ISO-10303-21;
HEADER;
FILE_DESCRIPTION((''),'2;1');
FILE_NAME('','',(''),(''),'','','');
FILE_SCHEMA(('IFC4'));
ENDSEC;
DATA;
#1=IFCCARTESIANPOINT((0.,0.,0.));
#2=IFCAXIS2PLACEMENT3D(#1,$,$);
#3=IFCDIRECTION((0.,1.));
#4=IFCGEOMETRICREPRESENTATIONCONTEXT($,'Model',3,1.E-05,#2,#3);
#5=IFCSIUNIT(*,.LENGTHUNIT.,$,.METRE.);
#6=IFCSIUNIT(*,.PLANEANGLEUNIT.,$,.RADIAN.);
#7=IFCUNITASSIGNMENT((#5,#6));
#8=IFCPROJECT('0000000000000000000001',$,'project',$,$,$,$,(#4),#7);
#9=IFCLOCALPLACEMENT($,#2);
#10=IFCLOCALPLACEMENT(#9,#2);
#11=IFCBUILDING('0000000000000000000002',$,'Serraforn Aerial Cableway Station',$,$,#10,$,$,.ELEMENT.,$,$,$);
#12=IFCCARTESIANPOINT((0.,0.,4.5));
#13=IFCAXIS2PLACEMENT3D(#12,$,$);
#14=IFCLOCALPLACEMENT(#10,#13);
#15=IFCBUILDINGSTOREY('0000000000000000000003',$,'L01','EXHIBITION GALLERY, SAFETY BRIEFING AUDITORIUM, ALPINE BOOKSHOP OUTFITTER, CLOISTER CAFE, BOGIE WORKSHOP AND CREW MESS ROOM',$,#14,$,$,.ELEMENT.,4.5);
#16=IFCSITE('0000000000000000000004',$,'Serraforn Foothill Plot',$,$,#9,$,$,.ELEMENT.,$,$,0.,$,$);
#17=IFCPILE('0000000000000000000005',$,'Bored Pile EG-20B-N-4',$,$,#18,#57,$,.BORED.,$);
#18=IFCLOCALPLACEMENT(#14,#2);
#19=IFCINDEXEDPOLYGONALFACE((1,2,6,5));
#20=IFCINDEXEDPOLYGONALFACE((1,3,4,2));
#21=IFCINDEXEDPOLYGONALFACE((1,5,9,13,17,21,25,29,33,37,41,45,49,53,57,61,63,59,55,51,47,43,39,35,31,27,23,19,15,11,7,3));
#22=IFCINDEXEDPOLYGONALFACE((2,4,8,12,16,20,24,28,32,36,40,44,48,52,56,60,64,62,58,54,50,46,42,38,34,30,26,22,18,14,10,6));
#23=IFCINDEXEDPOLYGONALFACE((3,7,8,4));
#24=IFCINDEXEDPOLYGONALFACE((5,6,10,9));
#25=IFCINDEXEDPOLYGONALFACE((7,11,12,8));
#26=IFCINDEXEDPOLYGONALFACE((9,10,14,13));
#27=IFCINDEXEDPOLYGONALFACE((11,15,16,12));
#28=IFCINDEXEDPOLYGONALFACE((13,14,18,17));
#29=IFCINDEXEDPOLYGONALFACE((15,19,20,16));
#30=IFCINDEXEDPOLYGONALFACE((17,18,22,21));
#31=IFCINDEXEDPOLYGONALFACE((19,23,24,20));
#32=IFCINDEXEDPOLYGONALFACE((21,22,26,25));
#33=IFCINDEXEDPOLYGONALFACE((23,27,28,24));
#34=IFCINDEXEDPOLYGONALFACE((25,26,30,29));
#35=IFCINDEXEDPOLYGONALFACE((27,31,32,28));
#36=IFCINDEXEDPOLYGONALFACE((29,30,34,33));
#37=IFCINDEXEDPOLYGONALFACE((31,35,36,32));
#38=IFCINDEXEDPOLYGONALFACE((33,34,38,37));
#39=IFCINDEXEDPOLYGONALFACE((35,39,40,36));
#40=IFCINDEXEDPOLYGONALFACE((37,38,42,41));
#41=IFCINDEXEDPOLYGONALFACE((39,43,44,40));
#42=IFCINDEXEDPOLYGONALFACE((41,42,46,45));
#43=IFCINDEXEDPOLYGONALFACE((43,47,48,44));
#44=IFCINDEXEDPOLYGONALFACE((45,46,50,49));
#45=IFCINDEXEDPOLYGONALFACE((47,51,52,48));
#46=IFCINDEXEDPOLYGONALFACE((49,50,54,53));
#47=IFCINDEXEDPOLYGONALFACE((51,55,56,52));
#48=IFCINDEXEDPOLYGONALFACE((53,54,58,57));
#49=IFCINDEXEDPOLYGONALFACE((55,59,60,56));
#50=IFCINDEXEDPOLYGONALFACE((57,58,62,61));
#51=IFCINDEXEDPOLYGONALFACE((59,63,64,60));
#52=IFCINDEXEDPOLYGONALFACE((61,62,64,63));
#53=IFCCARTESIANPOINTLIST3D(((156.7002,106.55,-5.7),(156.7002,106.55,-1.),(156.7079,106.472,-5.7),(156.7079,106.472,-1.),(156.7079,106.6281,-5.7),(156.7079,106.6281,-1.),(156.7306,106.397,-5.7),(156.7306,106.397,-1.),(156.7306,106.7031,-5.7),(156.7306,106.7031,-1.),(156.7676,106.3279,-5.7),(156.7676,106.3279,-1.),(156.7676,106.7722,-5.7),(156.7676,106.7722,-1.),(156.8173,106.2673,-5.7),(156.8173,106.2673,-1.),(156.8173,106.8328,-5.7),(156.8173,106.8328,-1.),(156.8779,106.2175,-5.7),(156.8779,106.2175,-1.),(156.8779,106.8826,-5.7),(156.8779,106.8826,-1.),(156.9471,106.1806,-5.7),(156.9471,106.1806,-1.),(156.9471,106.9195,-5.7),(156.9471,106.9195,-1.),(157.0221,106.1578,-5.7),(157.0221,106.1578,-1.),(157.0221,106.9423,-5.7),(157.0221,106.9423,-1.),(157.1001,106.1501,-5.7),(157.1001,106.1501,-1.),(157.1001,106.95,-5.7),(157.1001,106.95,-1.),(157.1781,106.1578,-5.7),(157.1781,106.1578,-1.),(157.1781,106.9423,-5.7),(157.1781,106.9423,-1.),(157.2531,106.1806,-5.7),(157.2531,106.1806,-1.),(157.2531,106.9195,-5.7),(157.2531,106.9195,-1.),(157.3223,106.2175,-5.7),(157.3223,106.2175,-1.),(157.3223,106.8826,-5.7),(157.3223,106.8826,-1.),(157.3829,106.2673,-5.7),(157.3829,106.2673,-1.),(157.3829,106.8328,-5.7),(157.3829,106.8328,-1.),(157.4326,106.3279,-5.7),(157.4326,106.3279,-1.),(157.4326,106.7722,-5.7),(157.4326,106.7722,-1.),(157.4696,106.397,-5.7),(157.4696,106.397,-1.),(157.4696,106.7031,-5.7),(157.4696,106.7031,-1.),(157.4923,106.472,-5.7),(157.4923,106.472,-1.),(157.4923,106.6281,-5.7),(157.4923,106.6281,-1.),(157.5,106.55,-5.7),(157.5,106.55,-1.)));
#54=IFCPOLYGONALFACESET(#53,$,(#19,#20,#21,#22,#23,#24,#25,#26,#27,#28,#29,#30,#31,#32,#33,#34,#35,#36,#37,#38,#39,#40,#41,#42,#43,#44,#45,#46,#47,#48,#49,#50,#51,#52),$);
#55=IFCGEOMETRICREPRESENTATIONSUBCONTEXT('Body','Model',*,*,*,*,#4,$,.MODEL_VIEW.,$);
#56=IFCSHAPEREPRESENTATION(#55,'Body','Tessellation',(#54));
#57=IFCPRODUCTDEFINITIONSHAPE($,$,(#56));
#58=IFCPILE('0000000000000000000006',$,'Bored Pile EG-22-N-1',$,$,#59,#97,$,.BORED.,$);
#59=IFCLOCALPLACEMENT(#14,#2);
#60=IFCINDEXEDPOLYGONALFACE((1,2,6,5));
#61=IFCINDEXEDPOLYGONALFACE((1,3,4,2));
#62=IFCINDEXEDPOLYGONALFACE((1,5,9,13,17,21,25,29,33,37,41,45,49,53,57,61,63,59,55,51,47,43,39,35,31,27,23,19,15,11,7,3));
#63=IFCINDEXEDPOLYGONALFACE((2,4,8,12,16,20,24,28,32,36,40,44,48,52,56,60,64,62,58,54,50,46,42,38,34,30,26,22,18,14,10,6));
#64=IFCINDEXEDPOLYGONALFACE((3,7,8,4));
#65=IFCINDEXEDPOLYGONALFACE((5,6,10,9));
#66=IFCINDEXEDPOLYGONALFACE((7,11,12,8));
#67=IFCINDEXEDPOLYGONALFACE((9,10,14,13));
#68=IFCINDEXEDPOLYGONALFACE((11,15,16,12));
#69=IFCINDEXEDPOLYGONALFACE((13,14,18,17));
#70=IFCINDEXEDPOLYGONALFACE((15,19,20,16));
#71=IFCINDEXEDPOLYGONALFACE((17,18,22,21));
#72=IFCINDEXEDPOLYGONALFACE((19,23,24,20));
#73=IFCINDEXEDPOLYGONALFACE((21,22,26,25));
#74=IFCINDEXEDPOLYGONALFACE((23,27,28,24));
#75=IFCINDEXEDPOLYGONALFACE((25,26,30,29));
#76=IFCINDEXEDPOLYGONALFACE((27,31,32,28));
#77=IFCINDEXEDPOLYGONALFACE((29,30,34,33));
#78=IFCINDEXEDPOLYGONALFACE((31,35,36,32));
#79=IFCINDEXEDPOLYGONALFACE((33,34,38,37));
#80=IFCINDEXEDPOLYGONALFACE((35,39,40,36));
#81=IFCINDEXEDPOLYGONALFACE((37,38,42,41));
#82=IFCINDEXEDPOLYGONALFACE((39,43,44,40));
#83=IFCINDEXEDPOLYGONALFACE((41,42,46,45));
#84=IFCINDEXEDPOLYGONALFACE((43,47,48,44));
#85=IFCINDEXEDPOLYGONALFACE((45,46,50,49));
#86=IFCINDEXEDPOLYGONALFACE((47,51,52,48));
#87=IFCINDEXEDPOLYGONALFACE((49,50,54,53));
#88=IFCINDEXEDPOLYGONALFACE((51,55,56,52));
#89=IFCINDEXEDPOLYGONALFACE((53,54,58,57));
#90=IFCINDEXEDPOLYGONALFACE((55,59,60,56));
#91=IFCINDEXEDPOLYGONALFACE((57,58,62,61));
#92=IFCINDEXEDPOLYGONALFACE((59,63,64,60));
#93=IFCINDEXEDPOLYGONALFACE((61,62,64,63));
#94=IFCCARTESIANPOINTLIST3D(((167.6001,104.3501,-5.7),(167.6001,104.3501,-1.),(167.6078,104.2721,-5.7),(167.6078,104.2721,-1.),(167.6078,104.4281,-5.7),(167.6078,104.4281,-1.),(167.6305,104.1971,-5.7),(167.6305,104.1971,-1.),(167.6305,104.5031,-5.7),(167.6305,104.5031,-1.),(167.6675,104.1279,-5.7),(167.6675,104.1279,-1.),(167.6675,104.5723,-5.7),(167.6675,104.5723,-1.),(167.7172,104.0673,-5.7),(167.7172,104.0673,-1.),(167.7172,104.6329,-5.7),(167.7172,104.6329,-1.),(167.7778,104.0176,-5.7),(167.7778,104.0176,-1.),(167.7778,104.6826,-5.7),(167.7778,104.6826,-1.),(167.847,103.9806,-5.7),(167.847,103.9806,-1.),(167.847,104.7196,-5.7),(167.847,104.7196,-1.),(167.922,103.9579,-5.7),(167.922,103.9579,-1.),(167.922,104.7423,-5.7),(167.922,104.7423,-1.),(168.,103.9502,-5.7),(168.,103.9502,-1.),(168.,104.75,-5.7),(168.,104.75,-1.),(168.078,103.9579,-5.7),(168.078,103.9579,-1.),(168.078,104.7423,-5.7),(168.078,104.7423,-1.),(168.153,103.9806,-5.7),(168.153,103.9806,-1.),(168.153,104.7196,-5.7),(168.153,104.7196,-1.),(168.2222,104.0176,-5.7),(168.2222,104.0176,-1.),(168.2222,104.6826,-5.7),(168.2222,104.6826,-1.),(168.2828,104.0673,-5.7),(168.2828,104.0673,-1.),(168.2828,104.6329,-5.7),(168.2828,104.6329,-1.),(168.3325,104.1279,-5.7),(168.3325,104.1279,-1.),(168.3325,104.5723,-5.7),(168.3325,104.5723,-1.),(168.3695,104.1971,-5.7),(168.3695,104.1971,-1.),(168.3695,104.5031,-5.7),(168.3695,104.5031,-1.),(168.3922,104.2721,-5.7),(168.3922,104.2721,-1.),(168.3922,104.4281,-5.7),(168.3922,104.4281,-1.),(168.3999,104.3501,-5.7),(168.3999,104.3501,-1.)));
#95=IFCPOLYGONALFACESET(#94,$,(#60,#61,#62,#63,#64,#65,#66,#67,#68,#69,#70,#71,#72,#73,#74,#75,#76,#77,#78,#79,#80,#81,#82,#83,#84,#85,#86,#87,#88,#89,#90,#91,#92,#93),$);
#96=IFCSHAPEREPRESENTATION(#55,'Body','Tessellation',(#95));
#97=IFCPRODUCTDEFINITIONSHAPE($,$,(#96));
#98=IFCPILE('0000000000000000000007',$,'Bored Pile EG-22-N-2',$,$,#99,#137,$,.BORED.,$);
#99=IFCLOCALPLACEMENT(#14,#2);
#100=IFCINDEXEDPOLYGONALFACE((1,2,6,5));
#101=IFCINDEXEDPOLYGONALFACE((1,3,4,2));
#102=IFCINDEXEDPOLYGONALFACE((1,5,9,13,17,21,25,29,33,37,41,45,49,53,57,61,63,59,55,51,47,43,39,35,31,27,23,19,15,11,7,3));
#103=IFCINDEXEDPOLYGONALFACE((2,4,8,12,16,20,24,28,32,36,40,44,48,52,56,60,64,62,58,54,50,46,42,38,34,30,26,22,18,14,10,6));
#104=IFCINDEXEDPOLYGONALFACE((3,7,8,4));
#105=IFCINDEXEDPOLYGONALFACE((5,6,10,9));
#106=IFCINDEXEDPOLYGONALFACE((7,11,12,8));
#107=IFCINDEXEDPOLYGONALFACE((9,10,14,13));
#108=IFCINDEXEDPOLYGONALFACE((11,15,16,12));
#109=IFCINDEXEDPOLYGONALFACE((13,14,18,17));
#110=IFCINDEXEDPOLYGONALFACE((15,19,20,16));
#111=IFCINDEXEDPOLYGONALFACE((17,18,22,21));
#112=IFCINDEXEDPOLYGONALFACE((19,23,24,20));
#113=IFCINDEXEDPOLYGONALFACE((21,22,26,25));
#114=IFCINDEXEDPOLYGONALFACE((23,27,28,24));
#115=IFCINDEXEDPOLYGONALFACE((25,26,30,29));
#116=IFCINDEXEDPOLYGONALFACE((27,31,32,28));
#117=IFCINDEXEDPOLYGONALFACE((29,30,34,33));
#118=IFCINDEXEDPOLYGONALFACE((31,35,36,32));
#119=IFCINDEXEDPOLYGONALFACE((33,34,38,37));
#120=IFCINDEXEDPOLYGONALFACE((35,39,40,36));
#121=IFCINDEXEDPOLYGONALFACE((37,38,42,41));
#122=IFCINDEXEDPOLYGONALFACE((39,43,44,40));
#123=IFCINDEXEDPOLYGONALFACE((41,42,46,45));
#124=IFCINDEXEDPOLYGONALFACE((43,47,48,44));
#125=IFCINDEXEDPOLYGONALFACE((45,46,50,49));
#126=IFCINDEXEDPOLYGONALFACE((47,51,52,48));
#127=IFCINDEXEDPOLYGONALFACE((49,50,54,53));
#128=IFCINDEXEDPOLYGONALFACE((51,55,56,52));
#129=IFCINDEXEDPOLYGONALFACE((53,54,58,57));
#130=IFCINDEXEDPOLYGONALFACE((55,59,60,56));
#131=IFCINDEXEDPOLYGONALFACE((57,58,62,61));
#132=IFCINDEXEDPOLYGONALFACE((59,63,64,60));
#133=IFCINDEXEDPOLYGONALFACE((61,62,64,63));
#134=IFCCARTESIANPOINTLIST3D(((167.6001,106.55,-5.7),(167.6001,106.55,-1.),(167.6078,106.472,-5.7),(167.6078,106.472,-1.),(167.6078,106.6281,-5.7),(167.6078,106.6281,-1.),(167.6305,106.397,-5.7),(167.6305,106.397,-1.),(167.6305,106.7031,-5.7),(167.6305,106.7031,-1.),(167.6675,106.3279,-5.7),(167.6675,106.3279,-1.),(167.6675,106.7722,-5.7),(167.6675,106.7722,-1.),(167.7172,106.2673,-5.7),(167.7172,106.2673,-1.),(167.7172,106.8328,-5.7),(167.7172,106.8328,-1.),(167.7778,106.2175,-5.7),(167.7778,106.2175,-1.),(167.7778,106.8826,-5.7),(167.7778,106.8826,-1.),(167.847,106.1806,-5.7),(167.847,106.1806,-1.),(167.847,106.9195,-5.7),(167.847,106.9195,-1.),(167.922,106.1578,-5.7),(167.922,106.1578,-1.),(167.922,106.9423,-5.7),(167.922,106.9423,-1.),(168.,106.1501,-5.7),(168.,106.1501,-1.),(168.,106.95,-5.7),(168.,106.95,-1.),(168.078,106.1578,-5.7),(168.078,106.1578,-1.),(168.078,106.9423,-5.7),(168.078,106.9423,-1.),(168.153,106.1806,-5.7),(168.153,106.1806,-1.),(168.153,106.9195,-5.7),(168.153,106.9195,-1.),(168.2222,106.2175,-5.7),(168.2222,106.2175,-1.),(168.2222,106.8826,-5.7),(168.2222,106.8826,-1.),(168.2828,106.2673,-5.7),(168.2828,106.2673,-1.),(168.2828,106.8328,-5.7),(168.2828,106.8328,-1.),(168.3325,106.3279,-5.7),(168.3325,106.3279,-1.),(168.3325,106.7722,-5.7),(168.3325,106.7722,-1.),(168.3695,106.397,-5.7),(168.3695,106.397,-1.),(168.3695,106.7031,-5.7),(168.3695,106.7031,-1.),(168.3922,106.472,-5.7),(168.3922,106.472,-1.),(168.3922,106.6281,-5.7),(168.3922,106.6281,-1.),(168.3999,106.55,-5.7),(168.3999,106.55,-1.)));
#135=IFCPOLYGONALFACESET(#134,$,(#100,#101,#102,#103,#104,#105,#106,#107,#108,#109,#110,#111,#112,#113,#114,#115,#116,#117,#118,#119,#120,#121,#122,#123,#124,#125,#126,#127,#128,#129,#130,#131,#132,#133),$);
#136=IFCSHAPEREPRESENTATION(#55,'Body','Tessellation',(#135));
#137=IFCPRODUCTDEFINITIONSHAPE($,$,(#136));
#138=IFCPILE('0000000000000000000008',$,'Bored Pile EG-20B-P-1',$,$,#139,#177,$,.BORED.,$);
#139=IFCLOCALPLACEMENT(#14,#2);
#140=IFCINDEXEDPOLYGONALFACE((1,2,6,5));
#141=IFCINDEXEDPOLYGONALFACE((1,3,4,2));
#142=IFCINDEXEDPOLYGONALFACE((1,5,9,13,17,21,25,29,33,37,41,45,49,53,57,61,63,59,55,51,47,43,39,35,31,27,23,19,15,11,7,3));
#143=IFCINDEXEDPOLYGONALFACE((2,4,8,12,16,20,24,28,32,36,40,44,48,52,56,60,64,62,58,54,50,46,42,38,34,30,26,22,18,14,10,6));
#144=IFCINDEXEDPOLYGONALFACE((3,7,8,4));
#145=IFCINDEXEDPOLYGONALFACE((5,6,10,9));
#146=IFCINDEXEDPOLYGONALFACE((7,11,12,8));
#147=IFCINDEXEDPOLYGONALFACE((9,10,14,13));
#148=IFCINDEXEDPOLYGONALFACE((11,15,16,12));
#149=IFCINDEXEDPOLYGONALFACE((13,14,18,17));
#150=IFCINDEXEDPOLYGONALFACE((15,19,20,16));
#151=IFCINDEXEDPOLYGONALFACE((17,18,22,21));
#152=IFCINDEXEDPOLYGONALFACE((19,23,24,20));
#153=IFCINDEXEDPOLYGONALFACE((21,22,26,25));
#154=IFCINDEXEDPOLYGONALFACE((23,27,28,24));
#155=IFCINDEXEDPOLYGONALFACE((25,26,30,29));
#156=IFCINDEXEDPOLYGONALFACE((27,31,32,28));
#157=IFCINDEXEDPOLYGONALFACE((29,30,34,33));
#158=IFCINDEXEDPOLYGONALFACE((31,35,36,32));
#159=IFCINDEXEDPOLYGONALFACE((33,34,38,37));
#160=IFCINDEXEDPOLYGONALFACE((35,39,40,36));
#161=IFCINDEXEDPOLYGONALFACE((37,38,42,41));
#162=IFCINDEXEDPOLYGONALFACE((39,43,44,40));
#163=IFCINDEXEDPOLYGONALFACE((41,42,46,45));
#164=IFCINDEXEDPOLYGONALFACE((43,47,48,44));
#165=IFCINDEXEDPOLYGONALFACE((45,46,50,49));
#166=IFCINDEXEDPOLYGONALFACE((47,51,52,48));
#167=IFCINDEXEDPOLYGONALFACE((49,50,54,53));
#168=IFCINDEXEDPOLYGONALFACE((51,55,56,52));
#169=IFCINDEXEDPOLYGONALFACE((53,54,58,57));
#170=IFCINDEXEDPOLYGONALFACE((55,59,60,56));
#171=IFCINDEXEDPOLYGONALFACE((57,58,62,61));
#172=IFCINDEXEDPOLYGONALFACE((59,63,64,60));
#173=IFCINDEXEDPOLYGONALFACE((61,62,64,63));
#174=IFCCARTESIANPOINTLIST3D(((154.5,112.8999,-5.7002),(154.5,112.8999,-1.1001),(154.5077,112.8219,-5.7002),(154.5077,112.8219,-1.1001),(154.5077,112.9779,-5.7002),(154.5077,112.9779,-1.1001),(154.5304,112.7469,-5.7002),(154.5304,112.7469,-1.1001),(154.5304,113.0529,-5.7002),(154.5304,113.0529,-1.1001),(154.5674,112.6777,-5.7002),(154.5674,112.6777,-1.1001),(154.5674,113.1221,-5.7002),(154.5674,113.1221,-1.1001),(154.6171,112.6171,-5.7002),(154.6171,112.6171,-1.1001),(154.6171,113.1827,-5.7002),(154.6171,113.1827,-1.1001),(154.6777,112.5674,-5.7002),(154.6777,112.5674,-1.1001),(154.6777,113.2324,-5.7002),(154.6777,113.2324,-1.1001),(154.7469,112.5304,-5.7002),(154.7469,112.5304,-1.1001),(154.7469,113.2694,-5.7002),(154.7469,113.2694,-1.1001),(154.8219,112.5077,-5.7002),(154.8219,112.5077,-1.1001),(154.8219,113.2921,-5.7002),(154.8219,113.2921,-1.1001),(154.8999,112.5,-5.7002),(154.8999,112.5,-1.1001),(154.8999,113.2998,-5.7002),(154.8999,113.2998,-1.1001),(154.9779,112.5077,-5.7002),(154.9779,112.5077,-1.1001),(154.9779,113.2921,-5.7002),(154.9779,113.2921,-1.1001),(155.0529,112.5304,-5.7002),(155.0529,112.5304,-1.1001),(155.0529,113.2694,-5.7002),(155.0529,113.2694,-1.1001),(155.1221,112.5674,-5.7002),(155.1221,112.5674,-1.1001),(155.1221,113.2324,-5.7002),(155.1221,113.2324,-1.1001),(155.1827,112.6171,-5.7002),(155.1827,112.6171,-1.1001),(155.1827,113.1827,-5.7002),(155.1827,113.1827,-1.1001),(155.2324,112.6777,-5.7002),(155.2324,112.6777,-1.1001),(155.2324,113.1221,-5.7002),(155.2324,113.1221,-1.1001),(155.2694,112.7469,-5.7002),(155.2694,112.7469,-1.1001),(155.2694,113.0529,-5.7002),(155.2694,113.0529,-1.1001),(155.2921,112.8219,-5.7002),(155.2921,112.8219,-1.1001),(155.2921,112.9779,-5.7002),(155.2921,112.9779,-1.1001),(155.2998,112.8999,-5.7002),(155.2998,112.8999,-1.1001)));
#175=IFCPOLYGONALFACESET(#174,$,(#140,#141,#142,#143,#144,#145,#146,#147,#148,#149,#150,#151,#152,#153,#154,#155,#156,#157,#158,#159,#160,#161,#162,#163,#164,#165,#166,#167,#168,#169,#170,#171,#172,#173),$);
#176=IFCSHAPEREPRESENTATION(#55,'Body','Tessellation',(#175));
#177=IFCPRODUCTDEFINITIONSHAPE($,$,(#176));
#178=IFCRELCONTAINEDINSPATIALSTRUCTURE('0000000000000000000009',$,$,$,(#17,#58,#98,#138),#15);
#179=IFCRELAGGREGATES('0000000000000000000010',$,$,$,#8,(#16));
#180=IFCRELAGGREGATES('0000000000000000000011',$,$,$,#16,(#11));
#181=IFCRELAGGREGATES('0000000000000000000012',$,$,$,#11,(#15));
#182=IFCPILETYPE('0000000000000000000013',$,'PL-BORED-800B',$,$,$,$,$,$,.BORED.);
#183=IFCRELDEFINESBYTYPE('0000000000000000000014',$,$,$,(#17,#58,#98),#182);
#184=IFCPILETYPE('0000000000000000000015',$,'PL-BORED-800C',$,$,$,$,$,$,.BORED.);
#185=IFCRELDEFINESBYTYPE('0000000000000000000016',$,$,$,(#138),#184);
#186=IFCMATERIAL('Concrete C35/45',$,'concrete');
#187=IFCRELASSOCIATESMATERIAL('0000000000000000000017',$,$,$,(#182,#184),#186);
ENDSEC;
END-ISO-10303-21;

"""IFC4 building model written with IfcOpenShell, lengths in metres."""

from ifc_helpers import new_model, si_unit, direction, frame, origin, origin_2d, place, context, subcontext, project, spatial, circle, extrude, material, material_profile, profile_set, type_object, element, save


model = new_model("IFC4")

# Units and contexts
model_context = context("Model", 3, precision=1e-05, world=origin(), true_north=direction((0.0, 1.0)))
body_context = subcontext(model_context, "Body", "Model", "MODEL_VIEW")
ifc_project = project(units=[si_unit("LENGTHUNIT", "METRE"), si_unit("PLANEANGLEUNIT", "RADIAN")], contexts=[model_context])

# Site, building, storey
site_placement = place(None, origin())
site = spatial("IfcSite", under=ifc_project, at=site_placement, Name="Serraforn Foothill Plot", CompositionType="ELEMENT", RefElevation=0.0)
building_placement = place(site_placement, origin())
building = spatial("IfcBuilding", under=site, at=building_placement, Name="Serraforn Aerial Cableway Station", CompositionType="ELEMENT")
storey_placement = place(building_placement, frame((0.0, 0.0, 4.5)))
storey = spatial("IfcBuildingStorey", under=building, at=storey_placement, Name="L01", Description="EXHIBITION GALLERY, SAFETY BRIEFING AUDITORIUM, ALPINE BOOKSHOP OUTFITTER, CLOISTER CAFE, BOGIE WORKSHOP AND CREW MESS ROOM", CompositionType="ELEMENT", Elevation=4.5)

# Shared definitions
ifc_material_1 = material(Name="Concrete C35/45", Category="concrete")

# Piles
ifc_material_profile_1 = material_profile(ifc_material_1, circle(Radius=0.3999, at=origin_2d()), Name="BORED PILE D800")
ifc_profile_set_1 = profile_set([ifc_material_profile_1], Name="Concrete C35/45")
pile_type_1 = type_object("IfcPileType", Name="PL-BORED-800B", PredefinedType="BORED", material=ifc_profile_set_1)
for number, where, z_axis, x_axis, name in (
    (1, (157.1001, 106.55, -1.0), (0.0, 0.0, -1.0), (1.0, 0.0, 0.0), "Bored Pile EG-20B-N-4"),
    (2, (168.0, 104.3501, -1.0), (0.0, 0.0, -1.0), (1.0, 0.0, 0.0), "Bored Pile EG-22-N-1"),
    (3, (168.0, 106.55, -1.0), (0.0, 0.0, -1.0), (1.0, 0.0, 0.0), "Bored Pile EG-22-N-2"),
):
    element("IfcPile", number, at=place(storey_placement, frame(where, z_axis=z_axis, x_axis=x_axis)), inside=storey, type_object=pile_type_1, Name=name, PredefinedType="BORED", context=body_context, shape_type="SweptSolid", body=[
        extrude(circle(Radius=0.3999, at=origin_2d()), origin(), (0.0, 0.0, 1.0), 4.7),
    ])
ifc_material_profile_2 = material_profile(ifc_material_1, circle(Radius=0.3999, at=origin_2d()), Name="BORED PILE D800")
ifc_profile_set_2 = profile_set([ifc_material_profile_2], Name="Concrete C35/45")
pile_type_2 = type_object("IfcPileType", Name="PL-BORED-800C", PredefinedType="BORED", material=ifc_profile_set_2)
for number, where, z_axis, x_axis, name in (
    (4, (154.8999, 112.8999, -1.1001), (0.0, 0.0, -1.0), (1.0, 0.0, 0.0), "Bored Pile EG-20B-P-1"),
):
    element("IfcPile", number, at=place(storey_placement, frame(where, z_axis=z_axis, x_axis=x_axis)), inside=storey, type_object=pile_type_2, Name=name, PredefinedType="BORED", context=body_context, shape_type="SweptSolid", body=[
        extrude(circle(Radius=0.3999, at=origin_2d()), origin(), (0.0, 0.0, 1.0), 4.6001),
    ])

save(model, "model.ifc")
